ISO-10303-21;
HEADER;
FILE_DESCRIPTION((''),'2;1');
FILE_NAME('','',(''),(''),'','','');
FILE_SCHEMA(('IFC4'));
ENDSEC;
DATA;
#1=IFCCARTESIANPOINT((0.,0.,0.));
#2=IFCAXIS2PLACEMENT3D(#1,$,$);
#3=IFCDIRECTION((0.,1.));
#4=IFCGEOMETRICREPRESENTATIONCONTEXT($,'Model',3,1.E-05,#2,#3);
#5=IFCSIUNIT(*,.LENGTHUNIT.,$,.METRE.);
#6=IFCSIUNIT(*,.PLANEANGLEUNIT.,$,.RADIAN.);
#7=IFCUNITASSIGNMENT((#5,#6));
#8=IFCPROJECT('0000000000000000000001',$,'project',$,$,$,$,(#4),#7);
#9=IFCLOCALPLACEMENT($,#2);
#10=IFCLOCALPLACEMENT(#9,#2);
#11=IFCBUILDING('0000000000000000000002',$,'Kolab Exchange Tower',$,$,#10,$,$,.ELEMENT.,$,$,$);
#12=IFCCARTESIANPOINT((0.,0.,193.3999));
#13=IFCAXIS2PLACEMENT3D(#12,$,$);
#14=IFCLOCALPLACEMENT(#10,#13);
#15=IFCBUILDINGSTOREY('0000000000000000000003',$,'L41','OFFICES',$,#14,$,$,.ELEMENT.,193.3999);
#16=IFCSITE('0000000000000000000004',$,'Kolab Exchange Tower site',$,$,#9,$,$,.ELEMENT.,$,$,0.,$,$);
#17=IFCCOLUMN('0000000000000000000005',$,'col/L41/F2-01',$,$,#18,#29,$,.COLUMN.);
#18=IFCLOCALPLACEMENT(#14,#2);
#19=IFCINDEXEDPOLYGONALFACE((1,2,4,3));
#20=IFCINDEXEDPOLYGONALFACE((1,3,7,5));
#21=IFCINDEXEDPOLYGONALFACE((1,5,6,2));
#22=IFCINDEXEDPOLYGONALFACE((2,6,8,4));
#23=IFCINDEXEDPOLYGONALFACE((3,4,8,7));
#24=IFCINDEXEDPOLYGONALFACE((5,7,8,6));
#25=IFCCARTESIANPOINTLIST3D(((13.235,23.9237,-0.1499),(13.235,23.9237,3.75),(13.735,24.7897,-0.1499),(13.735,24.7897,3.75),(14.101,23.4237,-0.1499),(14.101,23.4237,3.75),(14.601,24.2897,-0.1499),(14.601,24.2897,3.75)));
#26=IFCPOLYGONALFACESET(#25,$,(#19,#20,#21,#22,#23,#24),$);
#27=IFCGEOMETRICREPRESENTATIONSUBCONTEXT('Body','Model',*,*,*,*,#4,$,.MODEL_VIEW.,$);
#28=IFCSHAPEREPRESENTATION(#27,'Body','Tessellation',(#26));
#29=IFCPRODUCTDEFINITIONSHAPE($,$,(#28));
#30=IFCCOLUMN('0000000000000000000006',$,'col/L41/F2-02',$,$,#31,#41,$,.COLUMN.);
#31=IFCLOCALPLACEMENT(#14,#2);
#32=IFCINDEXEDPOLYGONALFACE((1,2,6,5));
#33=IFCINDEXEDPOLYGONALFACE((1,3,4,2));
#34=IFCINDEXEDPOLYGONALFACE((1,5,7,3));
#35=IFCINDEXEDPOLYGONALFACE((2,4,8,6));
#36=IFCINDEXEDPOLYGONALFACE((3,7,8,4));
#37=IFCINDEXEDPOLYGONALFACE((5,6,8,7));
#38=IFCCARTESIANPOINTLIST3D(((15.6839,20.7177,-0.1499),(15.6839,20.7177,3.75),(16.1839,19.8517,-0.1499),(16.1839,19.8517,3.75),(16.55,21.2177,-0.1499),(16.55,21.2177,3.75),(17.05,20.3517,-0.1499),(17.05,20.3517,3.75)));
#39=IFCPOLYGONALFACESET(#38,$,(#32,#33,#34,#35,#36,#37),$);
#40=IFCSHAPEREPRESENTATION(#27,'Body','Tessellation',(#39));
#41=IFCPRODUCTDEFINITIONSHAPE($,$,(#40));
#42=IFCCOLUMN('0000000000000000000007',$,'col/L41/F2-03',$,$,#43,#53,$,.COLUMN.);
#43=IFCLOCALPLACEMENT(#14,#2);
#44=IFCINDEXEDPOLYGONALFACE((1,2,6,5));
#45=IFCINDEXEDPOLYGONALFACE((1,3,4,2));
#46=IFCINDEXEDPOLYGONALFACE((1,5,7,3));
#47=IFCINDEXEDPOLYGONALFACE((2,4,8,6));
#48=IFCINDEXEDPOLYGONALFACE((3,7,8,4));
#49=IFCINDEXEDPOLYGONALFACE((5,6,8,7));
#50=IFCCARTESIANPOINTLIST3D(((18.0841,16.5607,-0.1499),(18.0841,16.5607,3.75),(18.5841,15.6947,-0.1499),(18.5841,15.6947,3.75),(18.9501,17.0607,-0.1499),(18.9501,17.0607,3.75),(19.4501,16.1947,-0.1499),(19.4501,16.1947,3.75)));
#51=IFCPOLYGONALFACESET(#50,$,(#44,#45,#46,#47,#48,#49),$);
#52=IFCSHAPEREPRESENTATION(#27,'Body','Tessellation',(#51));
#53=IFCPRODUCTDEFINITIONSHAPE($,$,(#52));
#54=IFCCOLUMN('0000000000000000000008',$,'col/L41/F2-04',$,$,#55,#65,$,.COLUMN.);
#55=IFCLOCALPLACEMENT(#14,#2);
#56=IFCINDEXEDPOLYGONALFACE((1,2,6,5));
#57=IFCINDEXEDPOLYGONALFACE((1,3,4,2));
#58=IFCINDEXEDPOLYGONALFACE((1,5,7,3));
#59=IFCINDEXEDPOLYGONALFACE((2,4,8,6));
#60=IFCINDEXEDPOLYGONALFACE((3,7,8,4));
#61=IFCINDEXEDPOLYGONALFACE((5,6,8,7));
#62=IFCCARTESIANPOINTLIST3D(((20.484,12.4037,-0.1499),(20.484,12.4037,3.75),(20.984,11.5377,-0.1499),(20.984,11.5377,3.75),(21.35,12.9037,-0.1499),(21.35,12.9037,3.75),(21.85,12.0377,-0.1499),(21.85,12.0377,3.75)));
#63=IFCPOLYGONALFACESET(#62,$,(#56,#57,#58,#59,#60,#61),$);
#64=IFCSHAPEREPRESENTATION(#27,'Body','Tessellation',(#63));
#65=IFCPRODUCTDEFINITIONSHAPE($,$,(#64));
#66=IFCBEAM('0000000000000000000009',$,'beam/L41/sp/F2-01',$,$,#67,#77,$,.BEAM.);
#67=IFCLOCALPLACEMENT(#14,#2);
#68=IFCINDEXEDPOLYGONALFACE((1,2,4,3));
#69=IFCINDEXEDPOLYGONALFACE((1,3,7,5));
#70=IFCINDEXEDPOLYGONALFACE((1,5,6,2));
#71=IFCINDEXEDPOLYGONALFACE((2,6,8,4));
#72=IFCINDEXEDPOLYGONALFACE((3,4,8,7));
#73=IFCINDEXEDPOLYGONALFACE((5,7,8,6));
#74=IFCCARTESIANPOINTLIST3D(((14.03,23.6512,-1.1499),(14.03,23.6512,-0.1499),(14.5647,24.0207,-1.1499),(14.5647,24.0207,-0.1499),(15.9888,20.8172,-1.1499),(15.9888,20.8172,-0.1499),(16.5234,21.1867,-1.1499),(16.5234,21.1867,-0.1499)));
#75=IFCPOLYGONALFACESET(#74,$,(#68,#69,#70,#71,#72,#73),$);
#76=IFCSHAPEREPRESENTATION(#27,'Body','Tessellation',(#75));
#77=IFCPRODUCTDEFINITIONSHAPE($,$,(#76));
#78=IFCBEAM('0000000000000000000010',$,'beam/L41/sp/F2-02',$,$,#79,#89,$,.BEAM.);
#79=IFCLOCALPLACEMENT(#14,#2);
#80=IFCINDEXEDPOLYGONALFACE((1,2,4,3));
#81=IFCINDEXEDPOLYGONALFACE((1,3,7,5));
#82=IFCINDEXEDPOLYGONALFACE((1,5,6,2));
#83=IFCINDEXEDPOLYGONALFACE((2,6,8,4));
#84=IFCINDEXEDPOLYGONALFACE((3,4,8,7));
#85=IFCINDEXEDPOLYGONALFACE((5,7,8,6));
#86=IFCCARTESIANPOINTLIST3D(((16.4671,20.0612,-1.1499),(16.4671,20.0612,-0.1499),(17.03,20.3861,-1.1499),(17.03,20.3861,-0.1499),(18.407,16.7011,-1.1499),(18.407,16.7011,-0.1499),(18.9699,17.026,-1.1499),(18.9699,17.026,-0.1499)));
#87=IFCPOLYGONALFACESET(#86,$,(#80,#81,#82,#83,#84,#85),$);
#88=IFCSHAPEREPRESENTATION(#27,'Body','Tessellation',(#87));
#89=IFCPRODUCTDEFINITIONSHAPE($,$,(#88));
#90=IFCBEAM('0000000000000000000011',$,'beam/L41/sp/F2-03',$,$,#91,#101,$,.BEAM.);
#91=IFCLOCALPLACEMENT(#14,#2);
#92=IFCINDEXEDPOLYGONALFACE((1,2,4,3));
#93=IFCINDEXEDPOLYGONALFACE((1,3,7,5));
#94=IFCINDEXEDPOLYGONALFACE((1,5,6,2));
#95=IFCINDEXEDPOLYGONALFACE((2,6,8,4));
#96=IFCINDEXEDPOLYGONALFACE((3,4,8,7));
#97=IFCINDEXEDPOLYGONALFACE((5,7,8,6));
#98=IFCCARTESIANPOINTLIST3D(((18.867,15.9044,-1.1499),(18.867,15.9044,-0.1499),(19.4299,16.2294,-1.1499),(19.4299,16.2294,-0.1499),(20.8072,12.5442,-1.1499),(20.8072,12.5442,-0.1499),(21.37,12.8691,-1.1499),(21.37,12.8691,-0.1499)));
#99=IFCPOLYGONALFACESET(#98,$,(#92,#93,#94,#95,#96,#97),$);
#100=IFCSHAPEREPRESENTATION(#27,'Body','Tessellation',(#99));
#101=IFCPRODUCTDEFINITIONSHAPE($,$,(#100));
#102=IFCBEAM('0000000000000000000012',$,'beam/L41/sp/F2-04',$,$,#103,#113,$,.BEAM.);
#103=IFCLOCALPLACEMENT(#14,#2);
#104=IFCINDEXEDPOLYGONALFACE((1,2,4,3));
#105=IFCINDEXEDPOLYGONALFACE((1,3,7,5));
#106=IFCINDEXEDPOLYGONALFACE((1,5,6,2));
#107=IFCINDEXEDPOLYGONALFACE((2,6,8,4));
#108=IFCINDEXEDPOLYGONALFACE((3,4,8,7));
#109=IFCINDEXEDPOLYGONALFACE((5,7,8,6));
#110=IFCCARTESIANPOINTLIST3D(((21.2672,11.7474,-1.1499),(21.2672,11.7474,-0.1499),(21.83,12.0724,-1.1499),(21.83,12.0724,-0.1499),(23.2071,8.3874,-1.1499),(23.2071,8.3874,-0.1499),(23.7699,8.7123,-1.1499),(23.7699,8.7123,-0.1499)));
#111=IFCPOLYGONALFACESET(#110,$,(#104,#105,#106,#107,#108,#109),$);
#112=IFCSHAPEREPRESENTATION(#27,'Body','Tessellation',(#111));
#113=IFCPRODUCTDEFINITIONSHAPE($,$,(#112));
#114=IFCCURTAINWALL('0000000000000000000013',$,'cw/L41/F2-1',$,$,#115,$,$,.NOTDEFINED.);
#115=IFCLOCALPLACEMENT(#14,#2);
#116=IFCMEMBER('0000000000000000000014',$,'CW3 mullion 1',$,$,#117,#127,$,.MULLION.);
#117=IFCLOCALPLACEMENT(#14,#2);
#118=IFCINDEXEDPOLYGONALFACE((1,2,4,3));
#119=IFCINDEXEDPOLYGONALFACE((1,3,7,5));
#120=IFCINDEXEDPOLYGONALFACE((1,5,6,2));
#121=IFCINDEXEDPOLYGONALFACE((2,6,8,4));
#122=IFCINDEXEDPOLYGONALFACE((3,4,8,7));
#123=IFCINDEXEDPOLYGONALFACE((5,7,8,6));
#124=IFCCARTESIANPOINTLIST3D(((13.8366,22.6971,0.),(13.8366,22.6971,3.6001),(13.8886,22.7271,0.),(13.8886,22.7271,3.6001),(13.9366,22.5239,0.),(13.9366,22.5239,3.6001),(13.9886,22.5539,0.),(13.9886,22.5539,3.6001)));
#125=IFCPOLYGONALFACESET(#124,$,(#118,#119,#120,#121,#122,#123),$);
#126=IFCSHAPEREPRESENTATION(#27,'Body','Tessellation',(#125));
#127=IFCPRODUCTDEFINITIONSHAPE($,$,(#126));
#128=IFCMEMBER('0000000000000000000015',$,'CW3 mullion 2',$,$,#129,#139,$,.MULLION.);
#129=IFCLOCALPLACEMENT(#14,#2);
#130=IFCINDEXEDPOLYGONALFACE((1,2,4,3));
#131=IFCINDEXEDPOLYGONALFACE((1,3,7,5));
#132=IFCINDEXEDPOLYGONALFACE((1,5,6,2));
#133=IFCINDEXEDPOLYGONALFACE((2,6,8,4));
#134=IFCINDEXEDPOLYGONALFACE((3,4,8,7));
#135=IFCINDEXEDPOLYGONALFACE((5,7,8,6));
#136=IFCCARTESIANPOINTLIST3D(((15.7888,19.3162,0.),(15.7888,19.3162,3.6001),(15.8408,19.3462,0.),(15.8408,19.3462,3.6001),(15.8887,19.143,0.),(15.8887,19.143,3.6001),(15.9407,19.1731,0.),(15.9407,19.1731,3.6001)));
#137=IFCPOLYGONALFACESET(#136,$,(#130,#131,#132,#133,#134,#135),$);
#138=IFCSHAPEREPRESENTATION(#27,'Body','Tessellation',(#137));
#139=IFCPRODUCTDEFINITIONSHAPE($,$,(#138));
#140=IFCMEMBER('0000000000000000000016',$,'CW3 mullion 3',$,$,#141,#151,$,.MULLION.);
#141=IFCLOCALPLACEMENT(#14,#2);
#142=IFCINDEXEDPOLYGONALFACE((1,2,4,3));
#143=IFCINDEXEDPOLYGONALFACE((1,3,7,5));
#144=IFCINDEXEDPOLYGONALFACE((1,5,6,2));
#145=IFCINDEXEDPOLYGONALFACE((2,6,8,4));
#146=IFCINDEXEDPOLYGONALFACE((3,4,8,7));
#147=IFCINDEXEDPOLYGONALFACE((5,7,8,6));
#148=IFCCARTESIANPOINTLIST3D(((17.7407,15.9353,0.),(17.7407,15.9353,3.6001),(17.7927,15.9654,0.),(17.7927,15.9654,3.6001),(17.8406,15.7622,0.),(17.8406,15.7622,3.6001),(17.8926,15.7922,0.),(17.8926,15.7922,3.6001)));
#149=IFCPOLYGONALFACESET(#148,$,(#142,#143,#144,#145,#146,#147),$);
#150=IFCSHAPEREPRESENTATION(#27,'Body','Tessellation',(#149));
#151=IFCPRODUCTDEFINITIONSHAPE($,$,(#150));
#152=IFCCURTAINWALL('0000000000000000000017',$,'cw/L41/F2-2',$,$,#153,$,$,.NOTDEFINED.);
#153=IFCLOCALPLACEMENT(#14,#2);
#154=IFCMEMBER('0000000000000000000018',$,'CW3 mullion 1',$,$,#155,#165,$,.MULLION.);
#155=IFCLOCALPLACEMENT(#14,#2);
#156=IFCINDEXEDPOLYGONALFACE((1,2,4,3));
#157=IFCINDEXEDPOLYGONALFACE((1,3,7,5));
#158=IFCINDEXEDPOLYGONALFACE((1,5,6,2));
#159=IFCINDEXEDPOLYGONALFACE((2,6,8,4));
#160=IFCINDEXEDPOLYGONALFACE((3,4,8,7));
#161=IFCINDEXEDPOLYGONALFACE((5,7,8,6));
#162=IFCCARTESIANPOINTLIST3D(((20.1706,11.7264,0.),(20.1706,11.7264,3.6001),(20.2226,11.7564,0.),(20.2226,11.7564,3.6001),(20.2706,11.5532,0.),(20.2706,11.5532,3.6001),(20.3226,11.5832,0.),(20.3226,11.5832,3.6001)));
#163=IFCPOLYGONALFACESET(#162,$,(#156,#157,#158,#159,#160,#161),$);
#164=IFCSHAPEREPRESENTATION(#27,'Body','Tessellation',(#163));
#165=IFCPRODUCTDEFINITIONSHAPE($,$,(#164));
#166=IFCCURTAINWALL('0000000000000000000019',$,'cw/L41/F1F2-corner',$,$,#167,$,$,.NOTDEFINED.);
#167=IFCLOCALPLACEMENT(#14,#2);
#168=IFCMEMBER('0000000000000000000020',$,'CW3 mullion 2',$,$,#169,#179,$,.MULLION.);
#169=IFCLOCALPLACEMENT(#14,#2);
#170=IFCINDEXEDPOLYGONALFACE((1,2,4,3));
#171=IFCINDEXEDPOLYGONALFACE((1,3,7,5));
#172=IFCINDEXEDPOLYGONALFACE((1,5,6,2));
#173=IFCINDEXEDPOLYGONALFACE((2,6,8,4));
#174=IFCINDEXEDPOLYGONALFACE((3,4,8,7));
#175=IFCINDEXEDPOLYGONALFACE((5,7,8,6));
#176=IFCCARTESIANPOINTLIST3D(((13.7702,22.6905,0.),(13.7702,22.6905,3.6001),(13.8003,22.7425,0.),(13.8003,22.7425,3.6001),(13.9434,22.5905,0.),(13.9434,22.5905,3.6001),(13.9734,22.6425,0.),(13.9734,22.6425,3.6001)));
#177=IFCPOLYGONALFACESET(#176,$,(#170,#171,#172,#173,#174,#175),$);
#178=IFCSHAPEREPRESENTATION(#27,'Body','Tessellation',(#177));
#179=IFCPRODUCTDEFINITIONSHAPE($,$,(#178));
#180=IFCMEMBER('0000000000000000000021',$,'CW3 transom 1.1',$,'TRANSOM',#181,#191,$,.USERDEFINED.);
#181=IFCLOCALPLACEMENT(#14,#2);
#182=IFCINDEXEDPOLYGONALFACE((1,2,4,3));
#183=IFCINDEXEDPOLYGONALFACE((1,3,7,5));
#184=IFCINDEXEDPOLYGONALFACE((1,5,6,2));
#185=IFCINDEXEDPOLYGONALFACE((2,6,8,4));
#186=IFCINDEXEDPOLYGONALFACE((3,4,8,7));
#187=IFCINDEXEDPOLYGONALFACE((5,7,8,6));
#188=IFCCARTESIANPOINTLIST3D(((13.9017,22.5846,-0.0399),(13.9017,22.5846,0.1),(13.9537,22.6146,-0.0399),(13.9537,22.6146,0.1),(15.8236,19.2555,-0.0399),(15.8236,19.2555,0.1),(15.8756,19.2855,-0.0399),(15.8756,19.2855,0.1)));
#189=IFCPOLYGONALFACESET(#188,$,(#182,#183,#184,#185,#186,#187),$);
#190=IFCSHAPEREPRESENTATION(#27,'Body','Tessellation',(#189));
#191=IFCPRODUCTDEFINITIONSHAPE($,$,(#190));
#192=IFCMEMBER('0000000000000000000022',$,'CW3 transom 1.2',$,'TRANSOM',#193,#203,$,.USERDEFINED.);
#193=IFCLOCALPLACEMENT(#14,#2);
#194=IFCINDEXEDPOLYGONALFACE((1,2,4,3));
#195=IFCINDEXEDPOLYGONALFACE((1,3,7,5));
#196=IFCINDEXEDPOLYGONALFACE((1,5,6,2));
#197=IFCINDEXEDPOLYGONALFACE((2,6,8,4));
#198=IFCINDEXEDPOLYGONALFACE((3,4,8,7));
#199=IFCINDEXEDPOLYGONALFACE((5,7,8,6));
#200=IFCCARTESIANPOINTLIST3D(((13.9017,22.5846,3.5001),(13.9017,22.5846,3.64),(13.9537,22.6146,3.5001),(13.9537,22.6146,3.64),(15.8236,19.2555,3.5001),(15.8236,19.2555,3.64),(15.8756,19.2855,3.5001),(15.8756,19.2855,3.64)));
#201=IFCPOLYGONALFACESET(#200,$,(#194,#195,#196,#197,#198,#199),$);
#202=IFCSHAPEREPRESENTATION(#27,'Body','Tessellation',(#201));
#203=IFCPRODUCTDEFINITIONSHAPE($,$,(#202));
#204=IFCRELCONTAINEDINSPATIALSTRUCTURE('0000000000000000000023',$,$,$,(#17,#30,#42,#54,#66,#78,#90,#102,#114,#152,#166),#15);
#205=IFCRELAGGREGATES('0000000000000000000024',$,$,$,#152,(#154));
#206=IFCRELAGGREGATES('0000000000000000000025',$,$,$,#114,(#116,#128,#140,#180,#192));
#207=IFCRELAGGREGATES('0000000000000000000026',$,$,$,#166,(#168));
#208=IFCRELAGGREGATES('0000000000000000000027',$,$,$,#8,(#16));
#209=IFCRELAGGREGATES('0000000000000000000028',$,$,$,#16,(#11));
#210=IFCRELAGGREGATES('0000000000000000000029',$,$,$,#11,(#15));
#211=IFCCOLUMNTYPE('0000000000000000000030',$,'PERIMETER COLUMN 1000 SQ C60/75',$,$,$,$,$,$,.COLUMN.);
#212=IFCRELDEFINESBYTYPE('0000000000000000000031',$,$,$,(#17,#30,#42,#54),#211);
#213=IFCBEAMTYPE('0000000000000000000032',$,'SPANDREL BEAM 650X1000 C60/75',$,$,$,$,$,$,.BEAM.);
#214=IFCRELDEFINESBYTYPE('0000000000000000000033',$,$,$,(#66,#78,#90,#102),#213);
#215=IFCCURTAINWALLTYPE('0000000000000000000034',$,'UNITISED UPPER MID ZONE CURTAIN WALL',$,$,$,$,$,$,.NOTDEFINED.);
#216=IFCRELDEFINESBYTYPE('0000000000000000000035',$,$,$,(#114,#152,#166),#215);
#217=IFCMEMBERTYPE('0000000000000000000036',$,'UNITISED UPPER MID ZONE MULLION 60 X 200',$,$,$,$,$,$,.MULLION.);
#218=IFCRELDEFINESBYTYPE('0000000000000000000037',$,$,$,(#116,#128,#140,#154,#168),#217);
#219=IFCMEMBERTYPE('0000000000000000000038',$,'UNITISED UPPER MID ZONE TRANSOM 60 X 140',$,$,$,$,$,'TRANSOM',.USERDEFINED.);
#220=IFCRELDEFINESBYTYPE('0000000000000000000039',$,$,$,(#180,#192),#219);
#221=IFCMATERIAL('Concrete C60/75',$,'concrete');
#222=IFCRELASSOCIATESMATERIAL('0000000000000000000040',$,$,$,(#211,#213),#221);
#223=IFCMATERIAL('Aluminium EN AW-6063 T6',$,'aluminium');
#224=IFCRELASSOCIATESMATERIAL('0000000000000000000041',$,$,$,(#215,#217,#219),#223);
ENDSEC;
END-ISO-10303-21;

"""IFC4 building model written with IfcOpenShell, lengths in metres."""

from ifc_helpers import new_model, si_unit, direction, frame, origin, origin_2d, place, context, subcontext, project, spatial, rectangle, extrude, material, material_profile, profile_set, type_object, element, aggregate, save


model = new_model("IFC4")

# Units and contexts
model_context = context("Model", 3, precision=1e-05, world=origin(), true_north=direction((0.0, 1.0)))
body_context = subcontext(model_context, "Body", "Model", "MODEL_VIEW")
ifc_project = project(units=[si_unit("LENGTHUNIT", "METRE"), si_unit("PLANEANGLEUNIT", "RADIAN")], contexts=[model_context])

# Site, building, storey
site_placement = place(None, origin())
site = spatial("IfcSite", under=ifc_project, at=site_placement, Name="Kolab Exchange Tower site", CompositionType="ELEMENT", RefElevation=0.0)
building_placement = place(site_placement, origin())
building = spatial("IfcBuilding", under=site, at=building_placement, Name="Kolab Exchange Tower", CompositionType="ELEMENT")
storey_placement = place(building_placement, frame((0.0, 0.0, 193.3999)))
storey = spatial("IfcBuildingStorey", under=building, at=storey_placement, Name="L41", Description="OFFICES", CompositionType="ELEMENT", Elevation=193.3999)

# Columns
ifc_material_1 = material(Name="Concrete C60/75", Category="concrete")
ifc_material_profile_1 = material_profile(ifc_material_1, rectangle(XDim=1.0, YDim=1.0, at=origin_2d()), Name="RC1000")
ifc_profile_set_1 = profile_set([ifc_material_profile_1], Name="Concrete C60/75")
column_type = type_object("IfcColumnType", Name="PERIMETER COLUMN 1000 SQ C60/75", PredefinedType="COLUMN", material=ifc_profile_set_1)
for number, where, z_axis, x_axis, name in (
    (1, (13.918, 24.1067, -0.1499), (0.0, 0.0, 1.0), (0.5, 0.866025, 0.0), "col/L41/F2-01"),
    (2, (16.3669, 20.5347, -0.1499), (0.0, 0.0, 1.0), (0.866025, 0.5, 0.0), "col/L41/F2-02"),
    (3, (18.7671, 16.3777, -0.1499), (0.0, 0.0, 1.0), (0.866025, 0.5, 0.0), "col/L41/F2-03"),
    (4, (21.167, 12.2207, -0.1499), (0.0, 0.0, 1.0), (0.866025, 0.5, 0.0), "col/L41/F2-04"),
):
    element("IfcColumn", number, at=place(storey_placement, frame(where, z_axis=z_axis, x_axis=x_axis)), inside=storey, type_object=column_type, Name=name, PredefinedType="COLUMN", context=body_context, shape_type="SweptSolid", body=[
        extrude(rectangle(XDim=1.0, YDim=1.0, at=origin_2d()), origin(), (0.0, 0.0, 1.0), 3.8999),
    ])

# Beams
ifc_material_profile_2 = material_profile(ifc_material_1, rectangle(XDim=0.6499, YDim=1.0, at=origin_2d()), Name="RC650X1000")
ifc_profile_set_2 = profile_set([ifc_material_profile_2], Name="Concrete C60/75")
beam_type = type_object("IfcBeamType", Name="SPANDREL BEAM 650X1000 C60/75", PredefinedType="BEAM", material=ifc_profile_set_2)
beam_1_placement = place(storey_placement, frame((14.2974, 23.8359, -0.6499), z_axis=(0.568572, -0.822633, 0.0), x_axis=(0.822633, 0.568572, 0.0)))
element("IfcBeam", 5, at=beam_1_placement, inside=storey, type_object=beam_type, Name="beam/L41/sp/F2-01", PredefinedType="BEAM", context=body_context, shape_type="SweptSolid", body=[
    extrude(rectangle(XDim=0.6499, YDim=1.0, at=origin_2d()), origin(), (0.0, 0.0, 1.0), 3.4451),
])
beam_2_placement = place(storey_placement, frame((16.7485, 20.2236, -0.6499), z_axis=(0.499997, -0.866027, 0.0), x_axis=(0.866027, 0.499997, 0.0)))
element("IfcBeam", 6, at=beam_2_placement, inside=storey, type_object=beam_type, Name="beam/L41/sp/F2-02", PredefinedType="BEAM", context=body_context, shape_type="SweptSolid", body=[
    extrude(rectangle(XDim=0.6499, YDim=1.0, at=origin_2d()), origin(), (0.0, 0.0, 1.0), 3.8799),
])
beam_3_placement = place(storey_placement, frame((19.1484, 16.0669, -0.6499), z_axis=(0.500017, -0.866016, 0.0), x_axis=(0.866016, 0.500017, 0.0)))
element("IfcBeam", 7, at=beam_3_placement, inside=storey, type_object=beam_type, Name="beam/L41/sp/F2-03", PredefinedType="BEAM", context=body_context, shape_type="SweptSolid", body=[
    extrude(rectangle(XDim=0.6499, YDim=1.0, at=origin_2d()), origin(), (0.0, 0.0, 1.0), 3.8801),
])
beam_4_placement = place(storey_placement, frame((21.5486, 11.9099, -0.6499), z_axis=(0.499997, -0.866027, 0.0), x_axis=(0.866027, 0.499997, 0.0)))
element("IfcBeam", 8, at=beam_4_placement, inside=storey, type_object=beam_type, Name="beam/L41/sp/F2-04", PredefinedType="BEAM", context=body_context, shape_type="SweptSolid", body=[
    extrude(rectangle(XDim=0.6499, YDim=1.0, at=origin_2d()), origin(), (0.0, 0.0, 1.0), 3.8799),
])

# Curtain wall, members
ifc_material_2 = material(Name="Aluminium EN AW-6063 T6", Category="aluminium")
curtain_wall_type = type_object("IfcCurtainWallType", Name="UNITISED UPPER MID ZONE CURTAIN WALL", PredefinedType="NOTDEFINED", material=ifc_material_2)
curtain_wall_1_placement = place(storey_placement, origin())
curtain_wall_1 = element("IfcCurtainWall", 9, at=curtain_wall_1_placement, inside=storey, type_object=curtain_wall_type, Name="cw/L41/F2-1", PredefinedType="NOTDEFINED")
ifc_material_profile_3 = material_profile(ifc_material_2, rectangle(XDim=0.0601, YDim=0.2, at=origin_2d()), Name="RECT 60X200")
ifc_profile_set_3 = profile_set([ifc_material_profile_3], Name="Aluminium EN AW-6063 T6")
member_type_1 = type_object("IfcMemberType", Name="UNITISED UPPER MID ZONE MULLION 60 X 200", PredefinedType="MULLION", material=ifc_profile_set_3)
member_1_placement = place(storey_placement, frame((13.9126, 22.6255, 0.0), z_axis=(0.0, 0.0, 1.0), x_axis=(0.866025, 0.5, 0.0)))
member_1 = element("IfcMember", 10, at=member_1_placement, type_object=member_type_1, Name="CW3 mullion 1", PredefinedType="MULLION", context=body_context, shape_type="SweptSolid", body=[
    extrude(rectangle(XDim=0.0601, YDim=0.2, at=origin_2d()), origin(), (0.0, 0.0, 1.0), 3.6001),
])
member_2_placement = place(storey_placement, frame((15.8647, 19.2446, 0.0), z_axis=(0.0, 0.0, 1.0), x_axis=(0.866025, 0.5, 0.0)))
member_2 = element("IfcMember", 11, at=member_2_placement, type_object=member_type_1, Name="CW3 mullion 2", PredefinedType="MULLION", context=body_context, shape_type="SweptSolid", body=[
    extrude(rectangle(XDim=0.0601, YDim=0.2, at=origin_2d()), origin(), (0.0, 0.0, 1.0), 3.6001),
])
member_3_placement = place(storey_placement, frame((17.8167, 15.8638, 0.0), z_axis=(0.0, 0.0, 1.0), x_axis=(0.866025, 0.5, 0.0)))
member_3 = element("IfcMember", 12, at=member_3_placement, type_object=member_type_1, Name="CW3 mullion 3", PredefinedType="MULLION", context=body_context, shape_type="SweptSolid", body=[
    extrude(rectangle(XDim=0.0601, YDim=0.2, at=origin_2d()), origin(), (0.0, 0.0, 1.0), 3.6001),
])

# Curtain walls, members
curtain_wall_2_placement = place(storey_placement, origin())
curtain_wall_2 = element("IfcCurtainWall", 13, at=curtain_wall_2_placement, inside=storey, type_object=curtain_wall_type, Name="cw/L41/F2-2", PredefinedType="NOTDEFINED")
member_4_placement = place(storey_placement, frame((20.2466, 11.6548, 0.0), z_axis=(0.0, 0.0, 1.0), x_axis=(0.866025, 0.5, 0.0)))
member_4 = element("IfcMember", 14, at=member_4_placement, type_object=member_type_1, Name="CW3 mullion 1", PredefinedType="MULLION", context=body_context, shape_type="SweptSolid", body=[
    extrude(rectangle(XDim=0.0601, YDim=0.2, at=origin_2d()), origin(), (0.0, 0.0, 1.0), 3.6001),
])
curtain_wall_3_placement = place(storey_placement, origin())
curtain_wall_3 = element("IfcCurtainWall", 15, at=curtain_wall_3_placement, inside=storey, type_object=curtain_wall_type, Name="cw/L41/F1F2-corner", PredefinedType="NOTDEFINED")
member_5_placement = place(storey_placement, frame((13.8718, 22.6665, 0.0), z_axis=(0.0, 0.0, 1.0), x_axis=(0.5, 0.866025, 0.0)))
member_5 = element("IfcMember", 16, at=member_5_placement, type_object=member_type_1, Name="CW3 mullion 2", PredefinedType="MULLION", context=body_context, shape_type="SweptSolid", body=[
    extrude(rectangle(XDim=0.0601, YDim=0.2, at=origin_2d()), origin(), (0.0, 0.0, 1.0), 3.6001),
])

# Members
ifc_material_profile_4 = material_profile(ifc_material_2, rectangle(XDim=0.0601, YDim=0.1399, at=origin_2d()), Name="RECT 60X140")
ifc_profile_set_4 = profile_set([ifc_material_profile_4], Name="Aluminium EN AW-6063 T6")
member_type_2 = type_object("IfcMemberType", Name="UNITISED UPPER MID ZONE TRANSOM 60 X 140", ElementType="TRANSOM", PredefinedType="USERDEFINED", material=ifc_profile_set_4)
member_6_placement = place(storey_placement, frame((13.9277, 22.5996, 0.03), z_axis=(0.499964, -0.866046, 0.0), x_axis=(0.866046, 0.499964, 0.0)))
member_6 = element("IfcMember", 17, at=member_6_placement, type_object=member_type_2, Name="CW3 transom 1.1", ObjectType="TRANSOM", PredefinedType="USERDEFINED", context=body_context, shape_type="SweptSolid", body=[
    extrude(rectangle(XDim=0.0601, YDim=0.1399, at=origin_2d()), origin(), (0.0, 0.0, 1.0), 3.844),
])
member_7_placement = place(storey_placement, frame((13.9277, 22.5996, 3.5701), z_axis=(0.499964, -0.866046, 0.0), x_axis=(0.866046, 0.499964, 0.0)))
member_7 = element("IfcMember", 18, at=member_7_placement, type_object=member_type_2, Name="CW3 transom 1.2", ObjectType="TRANSOM", PredefinedType="USERDEFINED", context=body_context, shape_type="SweptSolid", body=[
    extrude(rectangle(XDim=0.0601, YDim=0.1399, at=origin_2d()), origin(), (0.0, 0.0, 1.0), 3.844),
])
aggregate(curtain_wall_2, [member_4])

aggregate(curtain_wall_1, [member_1, member_2, member_3, member_6, member_7])
aggregate(curtain_wall_3, [member_5])

save(model, "model.ifc")
